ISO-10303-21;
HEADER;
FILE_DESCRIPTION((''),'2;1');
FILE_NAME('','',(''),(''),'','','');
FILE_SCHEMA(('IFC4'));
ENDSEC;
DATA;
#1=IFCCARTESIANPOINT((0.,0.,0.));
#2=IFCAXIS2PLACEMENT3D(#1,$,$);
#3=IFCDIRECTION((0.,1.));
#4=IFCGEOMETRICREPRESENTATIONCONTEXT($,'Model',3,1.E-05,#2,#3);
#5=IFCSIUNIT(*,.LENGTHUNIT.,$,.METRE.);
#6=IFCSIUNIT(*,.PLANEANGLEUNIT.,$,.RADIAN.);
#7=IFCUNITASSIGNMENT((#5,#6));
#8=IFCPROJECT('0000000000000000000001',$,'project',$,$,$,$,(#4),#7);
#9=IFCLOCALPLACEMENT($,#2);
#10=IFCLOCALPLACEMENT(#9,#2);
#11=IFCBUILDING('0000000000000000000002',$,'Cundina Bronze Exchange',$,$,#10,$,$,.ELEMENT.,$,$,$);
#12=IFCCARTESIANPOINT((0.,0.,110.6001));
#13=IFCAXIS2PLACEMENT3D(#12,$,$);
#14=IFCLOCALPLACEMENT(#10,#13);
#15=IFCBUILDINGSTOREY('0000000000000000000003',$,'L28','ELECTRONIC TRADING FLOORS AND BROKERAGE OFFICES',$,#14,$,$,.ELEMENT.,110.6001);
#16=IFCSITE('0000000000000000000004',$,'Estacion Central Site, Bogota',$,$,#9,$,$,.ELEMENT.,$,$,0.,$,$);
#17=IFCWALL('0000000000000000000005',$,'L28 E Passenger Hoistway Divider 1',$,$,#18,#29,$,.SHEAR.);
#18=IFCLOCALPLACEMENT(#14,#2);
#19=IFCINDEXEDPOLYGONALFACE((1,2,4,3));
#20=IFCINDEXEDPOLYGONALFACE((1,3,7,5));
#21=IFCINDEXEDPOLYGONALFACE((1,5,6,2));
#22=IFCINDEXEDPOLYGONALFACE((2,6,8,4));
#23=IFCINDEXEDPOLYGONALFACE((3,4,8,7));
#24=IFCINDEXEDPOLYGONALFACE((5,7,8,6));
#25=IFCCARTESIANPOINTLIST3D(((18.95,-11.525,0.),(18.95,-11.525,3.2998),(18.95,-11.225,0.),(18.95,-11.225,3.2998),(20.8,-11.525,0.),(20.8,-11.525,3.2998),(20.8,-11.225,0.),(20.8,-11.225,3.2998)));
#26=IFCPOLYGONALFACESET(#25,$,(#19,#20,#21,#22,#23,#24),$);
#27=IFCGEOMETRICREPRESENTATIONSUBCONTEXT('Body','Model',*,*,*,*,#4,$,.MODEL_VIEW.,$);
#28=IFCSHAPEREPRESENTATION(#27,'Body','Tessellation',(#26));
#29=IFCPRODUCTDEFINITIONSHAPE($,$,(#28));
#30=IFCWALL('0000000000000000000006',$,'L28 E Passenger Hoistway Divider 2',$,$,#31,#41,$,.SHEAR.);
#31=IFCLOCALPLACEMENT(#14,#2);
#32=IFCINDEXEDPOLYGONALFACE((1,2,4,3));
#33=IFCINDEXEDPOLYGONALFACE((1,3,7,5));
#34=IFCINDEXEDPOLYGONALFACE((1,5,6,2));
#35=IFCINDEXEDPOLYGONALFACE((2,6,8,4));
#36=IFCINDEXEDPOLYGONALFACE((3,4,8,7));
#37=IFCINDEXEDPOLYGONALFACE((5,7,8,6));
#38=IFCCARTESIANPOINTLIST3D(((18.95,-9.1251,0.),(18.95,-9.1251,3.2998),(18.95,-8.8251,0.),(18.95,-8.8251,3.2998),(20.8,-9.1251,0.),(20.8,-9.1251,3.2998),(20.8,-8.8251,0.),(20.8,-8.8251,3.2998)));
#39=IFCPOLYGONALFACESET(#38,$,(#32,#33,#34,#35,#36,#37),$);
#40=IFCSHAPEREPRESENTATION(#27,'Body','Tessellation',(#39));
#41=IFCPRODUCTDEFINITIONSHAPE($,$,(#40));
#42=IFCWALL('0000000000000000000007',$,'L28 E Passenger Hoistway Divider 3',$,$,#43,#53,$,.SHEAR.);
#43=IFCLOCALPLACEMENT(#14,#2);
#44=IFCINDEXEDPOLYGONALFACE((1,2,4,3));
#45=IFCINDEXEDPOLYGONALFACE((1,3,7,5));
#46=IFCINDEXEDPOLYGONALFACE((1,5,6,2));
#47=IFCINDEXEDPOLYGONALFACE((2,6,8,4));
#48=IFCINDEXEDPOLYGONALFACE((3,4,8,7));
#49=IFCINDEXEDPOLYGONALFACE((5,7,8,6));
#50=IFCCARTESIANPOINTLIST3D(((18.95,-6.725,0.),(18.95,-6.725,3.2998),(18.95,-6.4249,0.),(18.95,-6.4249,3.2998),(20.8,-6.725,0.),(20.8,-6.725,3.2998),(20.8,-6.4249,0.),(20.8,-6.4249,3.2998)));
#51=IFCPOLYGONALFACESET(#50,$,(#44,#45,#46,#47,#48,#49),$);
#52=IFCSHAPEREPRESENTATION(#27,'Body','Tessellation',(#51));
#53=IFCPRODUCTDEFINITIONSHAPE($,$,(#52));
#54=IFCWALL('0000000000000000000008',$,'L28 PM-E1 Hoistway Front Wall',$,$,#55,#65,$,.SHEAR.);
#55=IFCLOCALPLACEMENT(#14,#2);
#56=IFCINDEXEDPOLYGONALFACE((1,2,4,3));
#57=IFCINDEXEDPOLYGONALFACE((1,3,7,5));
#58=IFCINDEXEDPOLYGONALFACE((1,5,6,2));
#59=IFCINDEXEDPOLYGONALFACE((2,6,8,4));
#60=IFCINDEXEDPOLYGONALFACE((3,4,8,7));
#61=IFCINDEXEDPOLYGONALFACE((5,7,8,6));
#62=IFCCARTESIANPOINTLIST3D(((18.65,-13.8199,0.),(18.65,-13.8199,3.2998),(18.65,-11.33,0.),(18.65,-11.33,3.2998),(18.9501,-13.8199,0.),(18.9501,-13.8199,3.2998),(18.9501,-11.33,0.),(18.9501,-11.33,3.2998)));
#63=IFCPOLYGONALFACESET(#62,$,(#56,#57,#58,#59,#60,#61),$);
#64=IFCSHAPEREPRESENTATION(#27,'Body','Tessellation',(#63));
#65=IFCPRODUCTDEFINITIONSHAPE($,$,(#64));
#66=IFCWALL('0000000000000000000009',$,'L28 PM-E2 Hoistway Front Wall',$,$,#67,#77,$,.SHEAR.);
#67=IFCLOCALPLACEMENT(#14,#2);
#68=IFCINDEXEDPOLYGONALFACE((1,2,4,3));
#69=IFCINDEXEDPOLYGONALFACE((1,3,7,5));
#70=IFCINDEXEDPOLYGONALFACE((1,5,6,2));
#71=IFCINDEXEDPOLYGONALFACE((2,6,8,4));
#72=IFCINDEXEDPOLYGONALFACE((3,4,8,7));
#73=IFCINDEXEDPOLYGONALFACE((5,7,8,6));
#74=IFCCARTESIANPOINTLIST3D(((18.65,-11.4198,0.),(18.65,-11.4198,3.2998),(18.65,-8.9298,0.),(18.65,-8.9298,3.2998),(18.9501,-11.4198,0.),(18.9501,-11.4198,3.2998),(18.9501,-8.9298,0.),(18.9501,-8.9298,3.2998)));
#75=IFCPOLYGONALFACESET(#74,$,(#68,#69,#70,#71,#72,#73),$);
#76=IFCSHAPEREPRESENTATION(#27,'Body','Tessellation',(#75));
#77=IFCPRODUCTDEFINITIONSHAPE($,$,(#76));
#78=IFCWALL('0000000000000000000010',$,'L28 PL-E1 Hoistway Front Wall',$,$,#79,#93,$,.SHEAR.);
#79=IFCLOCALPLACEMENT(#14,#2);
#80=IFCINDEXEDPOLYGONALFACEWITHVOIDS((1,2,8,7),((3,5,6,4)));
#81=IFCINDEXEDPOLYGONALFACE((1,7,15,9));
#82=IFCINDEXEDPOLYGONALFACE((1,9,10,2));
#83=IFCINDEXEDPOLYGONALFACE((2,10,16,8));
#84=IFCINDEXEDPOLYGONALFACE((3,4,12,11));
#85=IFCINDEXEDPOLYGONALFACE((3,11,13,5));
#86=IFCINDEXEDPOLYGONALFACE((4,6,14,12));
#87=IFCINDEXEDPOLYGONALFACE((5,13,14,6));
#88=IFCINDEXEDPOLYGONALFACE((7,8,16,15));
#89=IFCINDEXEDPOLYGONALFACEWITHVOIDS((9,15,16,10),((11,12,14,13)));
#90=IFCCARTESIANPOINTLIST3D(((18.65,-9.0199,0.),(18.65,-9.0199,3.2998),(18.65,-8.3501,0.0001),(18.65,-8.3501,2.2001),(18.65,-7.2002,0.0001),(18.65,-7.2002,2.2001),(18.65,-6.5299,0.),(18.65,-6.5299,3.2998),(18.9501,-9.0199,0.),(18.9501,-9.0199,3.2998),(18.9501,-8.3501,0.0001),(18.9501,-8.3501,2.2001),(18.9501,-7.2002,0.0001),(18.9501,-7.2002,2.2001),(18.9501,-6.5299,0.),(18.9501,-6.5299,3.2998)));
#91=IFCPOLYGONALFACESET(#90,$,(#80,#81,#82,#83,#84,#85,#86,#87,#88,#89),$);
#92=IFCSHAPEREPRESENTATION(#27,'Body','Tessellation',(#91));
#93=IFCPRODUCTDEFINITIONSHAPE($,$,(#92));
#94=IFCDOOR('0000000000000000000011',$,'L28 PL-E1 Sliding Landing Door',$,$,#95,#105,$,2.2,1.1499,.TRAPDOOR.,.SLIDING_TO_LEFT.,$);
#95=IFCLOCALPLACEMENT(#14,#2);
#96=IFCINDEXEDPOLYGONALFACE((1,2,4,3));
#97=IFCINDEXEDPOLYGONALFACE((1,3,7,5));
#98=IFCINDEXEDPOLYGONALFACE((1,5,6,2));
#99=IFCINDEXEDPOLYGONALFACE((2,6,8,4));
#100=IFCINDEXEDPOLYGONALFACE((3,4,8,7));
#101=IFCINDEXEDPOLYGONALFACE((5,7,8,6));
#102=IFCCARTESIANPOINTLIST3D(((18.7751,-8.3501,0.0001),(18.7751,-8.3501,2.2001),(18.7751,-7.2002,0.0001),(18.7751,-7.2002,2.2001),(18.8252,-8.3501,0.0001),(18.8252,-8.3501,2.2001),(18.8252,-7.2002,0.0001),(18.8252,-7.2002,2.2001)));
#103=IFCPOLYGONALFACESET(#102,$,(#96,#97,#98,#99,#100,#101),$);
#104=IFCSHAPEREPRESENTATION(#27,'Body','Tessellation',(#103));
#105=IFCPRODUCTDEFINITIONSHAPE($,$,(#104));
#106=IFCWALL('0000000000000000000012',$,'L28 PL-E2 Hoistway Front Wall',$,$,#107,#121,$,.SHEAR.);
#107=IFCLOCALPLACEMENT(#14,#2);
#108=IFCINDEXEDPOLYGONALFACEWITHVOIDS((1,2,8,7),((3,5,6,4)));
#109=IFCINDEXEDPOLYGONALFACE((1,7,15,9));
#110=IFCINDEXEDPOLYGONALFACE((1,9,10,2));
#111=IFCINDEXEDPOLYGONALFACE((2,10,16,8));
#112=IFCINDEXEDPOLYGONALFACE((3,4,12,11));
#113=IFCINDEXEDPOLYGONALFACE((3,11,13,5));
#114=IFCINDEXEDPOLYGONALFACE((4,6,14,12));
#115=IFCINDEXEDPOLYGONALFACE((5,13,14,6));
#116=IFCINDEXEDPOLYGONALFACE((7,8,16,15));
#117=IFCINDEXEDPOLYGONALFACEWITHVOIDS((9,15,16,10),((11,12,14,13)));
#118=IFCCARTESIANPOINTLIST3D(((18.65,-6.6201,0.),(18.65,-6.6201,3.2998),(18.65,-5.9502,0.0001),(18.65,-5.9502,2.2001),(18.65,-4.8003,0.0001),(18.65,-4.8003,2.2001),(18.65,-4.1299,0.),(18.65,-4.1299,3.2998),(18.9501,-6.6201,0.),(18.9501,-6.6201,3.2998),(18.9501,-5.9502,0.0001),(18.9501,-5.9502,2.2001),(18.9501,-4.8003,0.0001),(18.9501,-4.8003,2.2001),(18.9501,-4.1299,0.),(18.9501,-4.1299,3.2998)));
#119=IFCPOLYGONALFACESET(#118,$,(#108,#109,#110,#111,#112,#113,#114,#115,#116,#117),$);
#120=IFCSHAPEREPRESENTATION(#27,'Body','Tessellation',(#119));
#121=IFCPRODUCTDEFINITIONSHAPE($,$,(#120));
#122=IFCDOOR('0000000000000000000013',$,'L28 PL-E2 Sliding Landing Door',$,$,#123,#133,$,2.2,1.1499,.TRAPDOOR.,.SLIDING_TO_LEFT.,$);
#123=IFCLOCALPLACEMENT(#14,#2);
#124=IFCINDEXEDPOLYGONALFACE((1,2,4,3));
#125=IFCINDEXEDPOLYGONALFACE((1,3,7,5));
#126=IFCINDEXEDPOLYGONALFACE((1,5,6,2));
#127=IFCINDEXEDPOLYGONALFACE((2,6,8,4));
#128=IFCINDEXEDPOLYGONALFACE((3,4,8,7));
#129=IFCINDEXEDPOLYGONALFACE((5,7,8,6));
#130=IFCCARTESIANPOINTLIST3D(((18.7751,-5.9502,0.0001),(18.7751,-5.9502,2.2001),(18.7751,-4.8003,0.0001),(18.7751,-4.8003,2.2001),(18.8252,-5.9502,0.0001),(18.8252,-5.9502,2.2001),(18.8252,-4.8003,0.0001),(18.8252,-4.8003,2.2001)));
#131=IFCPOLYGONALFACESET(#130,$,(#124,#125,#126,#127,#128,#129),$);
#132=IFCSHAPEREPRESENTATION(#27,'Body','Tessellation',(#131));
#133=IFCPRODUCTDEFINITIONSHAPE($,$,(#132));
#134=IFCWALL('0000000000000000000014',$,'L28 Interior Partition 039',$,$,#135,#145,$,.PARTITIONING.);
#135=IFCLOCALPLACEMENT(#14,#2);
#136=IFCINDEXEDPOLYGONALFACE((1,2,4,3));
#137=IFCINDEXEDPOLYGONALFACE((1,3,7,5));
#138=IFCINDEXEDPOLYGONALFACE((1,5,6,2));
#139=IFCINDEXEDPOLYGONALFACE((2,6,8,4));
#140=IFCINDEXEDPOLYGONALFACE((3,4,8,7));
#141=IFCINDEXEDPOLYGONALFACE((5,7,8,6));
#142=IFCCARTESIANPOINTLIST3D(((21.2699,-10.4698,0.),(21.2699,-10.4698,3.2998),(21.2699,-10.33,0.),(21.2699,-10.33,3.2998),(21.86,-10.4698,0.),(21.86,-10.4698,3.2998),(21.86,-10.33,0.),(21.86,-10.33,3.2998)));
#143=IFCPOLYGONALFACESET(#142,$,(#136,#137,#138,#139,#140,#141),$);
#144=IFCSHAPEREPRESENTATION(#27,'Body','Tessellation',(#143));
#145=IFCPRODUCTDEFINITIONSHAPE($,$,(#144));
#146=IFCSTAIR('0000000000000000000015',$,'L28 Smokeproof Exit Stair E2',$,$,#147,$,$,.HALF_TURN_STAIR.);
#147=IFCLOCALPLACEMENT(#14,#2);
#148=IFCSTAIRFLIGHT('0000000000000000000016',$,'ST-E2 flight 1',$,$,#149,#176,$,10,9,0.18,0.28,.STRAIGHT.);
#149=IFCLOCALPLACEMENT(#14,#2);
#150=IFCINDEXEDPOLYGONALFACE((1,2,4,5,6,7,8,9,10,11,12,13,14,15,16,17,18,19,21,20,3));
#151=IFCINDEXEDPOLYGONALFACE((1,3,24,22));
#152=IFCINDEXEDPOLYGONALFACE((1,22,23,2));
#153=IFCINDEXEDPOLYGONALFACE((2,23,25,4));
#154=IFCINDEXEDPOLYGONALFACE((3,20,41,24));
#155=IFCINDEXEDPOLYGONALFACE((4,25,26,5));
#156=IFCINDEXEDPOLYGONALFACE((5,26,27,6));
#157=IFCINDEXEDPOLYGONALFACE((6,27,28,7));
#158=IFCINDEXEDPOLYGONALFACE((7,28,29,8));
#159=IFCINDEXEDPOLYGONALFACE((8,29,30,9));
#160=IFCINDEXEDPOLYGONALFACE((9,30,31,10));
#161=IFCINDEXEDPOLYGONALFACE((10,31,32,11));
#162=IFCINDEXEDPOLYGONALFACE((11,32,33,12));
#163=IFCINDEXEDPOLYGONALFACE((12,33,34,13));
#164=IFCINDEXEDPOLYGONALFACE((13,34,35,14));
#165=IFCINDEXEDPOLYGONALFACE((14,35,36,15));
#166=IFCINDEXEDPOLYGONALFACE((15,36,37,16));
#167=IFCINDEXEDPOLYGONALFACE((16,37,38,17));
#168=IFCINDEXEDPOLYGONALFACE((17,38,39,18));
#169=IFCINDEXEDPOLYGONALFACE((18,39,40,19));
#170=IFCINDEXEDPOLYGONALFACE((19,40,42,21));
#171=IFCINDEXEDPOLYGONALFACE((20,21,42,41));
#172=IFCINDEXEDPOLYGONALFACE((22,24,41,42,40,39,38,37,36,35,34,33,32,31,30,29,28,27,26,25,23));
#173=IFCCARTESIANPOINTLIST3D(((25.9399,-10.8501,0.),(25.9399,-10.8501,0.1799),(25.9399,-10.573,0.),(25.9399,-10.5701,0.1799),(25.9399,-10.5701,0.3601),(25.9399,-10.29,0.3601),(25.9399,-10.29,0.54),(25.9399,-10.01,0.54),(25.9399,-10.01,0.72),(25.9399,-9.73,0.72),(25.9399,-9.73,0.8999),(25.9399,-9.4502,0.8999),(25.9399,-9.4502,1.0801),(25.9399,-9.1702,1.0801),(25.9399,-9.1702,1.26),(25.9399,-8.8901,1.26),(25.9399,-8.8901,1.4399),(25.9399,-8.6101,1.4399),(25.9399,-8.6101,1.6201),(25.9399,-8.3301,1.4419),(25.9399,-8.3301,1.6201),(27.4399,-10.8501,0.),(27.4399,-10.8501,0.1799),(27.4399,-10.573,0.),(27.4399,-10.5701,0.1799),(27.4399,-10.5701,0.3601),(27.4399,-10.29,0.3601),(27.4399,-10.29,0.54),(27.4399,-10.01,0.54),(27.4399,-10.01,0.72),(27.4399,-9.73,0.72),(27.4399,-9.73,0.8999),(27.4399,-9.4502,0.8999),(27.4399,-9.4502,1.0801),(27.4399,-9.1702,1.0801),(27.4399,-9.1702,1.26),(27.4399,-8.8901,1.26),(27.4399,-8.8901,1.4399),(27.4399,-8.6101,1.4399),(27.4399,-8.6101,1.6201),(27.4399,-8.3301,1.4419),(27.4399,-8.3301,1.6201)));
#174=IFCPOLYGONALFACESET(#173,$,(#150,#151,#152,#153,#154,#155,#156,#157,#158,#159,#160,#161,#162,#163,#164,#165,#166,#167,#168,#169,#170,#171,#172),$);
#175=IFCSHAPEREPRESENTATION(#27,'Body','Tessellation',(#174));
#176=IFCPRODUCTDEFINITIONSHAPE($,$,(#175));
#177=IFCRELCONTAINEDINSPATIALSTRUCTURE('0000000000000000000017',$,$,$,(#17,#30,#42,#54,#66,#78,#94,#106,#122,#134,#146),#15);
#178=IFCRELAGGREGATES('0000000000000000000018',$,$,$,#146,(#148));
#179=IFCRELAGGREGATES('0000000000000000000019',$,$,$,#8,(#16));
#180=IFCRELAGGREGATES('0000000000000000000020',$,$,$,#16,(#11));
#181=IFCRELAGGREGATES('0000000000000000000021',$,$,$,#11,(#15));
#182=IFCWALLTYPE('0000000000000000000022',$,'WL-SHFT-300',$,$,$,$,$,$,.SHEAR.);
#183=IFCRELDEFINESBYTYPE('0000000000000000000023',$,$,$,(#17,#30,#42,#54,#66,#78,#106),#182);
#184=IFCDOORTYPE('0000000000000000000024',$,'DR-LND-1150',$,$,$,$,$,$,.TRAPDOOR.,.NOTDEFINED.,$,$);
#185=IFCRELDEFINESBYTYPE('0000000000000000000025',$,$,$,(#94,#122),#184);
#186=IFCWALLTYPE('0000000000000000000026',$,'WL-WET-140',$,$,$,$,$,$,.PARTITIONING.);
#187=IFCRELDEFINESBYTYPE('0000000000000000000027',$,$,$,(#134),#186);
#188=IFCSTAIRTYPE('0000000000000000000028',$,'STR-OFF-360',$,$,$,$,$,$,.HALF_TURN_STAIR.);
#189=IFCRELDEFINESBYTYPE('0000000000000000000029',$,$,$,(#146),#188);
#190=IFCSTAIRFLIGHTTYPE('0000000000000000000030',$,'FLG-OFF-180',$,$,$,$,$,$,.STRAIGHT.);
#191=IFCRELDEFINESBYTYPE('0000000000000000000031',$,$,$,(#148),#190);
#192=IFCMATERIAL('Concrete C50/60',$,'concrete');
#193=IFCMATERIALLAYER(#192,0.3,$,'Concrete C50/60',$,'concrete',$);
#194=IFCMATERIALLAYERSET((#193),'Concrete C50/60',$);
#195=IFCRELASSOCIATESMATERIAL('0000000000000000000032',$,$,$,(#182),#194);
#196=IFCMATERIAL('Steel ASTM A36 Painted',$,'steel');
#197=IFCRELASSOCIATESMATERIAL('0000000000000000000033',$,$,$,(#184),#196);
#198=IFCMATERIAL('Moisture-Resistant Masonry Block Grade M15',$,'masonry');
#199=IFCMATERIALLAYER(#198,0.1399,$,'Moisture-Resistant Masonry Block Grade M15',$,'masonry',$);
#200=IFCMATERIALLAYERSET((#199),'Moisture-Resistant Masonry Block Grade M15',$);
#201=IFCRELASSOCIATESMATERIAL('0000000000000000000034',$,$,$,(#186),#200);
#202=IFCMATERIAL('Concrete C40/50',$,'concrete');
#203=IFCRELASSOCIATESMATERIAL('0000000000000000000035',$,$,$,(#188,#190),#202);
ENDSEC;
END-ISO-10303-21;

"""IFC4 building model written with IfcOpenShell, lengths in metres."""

from ifc_helpers import new_model, si_unit, direction, frame, frame_2d, origin, place, context, subcontext, project, spatial, polyline, rectangle, outline, extrude, material, layer, layer_set, type_object, element, fill, aggregate, save


model = new_model("IFC4")

# Units and contexts
model_context = context("Model", 3, precision=1e-05, world=origin(), true_north=direction((0.0, 1.0)))
body_context = subcontext(model_context, "Body", "Model", "MODEL_VIEW")
ifc_project = project(units=[si_unit("LENGTHUNIT", "METRE"), si_unit("PLANEANGLEUNIT", "RADIAN")], contexts=[model_context])

# Site, building, storey
site_placement = place(None, origin())
site = spatial("IfcSite", under=ifc_project, at=site_placement, Name="Estacion Central Site, Bogota", CompositionType="ELEMENT", RefElevation=0.0)
building_placement = place(site_placement, origin())
building = spatial("IfcBuilding", under=site, at=building_placement, Name="Cundina Bronze Exchange", CompositionType="ELEMENT")
storey_placement = place(building_placement, frame((0.0, 0.0, 110.6001)))
storey = spatial("IfcBuildingStorey", under=building, at=storey_placement, Name="L28", Description="ELECTRONIC TRADING FLOORS AND BROKERAGE OFFICES", CompositionType="ELEMENT", Elevation=110.6001)

# Shared definitions
ifc_material_1 = material(Name="Concrete C50/60", Category="concrete")
ifc_layer_1 = layer(ifc_material_1, 0.3, Name="Concrete C50/60", Category="concrete")
ifc_layer_set_1 = layer_set([ifc_layer_1], Name="Concrete C50/60")
wall_type_1 = type_object("IfcWallType", Name="WL-SHFT-300", PredefinedType="SHEAR", material=ifc_layer_set_1)

# Shared definitions
ifc_material_2 = material(Name="Steel ASTM A36 Painted", Category="steel")
door_type_1 = type_object("IfcDoorType", Name="DR-LND-1150", OperationType="NOTDEFINED", PredefinedType="TRAPDOOR", material=ifc_material_2)

# Walls
for number, where, z_axis, x_axis, name in (
    (1, (18.95, -11.375, 0.0), (0.0, 0.0, 1.0), (1.0, 0.0, 0.0), "L28 E Passenger Hoistway Divider 1"),
    (2, (18.95, -8.9751, 0.0), (0.0, 0.0, 1.0), (1.0, 0.0, 0.0), "L28 E Passenger Hoistway Divider 2"),
    (3, (18.95, -6.575, 0.0), (0.0, 0.0, 1.0), (1.0, 0.0, 0.0), "L28 E Passenger Hoistway Divider 3"),
):
    element("IfcWall", number, at=place(storey_placement, frame(where, z_axis=z_axis, x_axis=x_axis)), inside=storey, type_object=wall_type_1, Name=name, PredefinedType="SHEAR", context=body_context, shape_type="SweptSolid", body=[
        extrude(rectangle(XDim=1.8501, YDim=0.3, at=frame_2d((0.925, 0.0))), origin(), (0.0, 0.0, 1.0), 3.2998),
    ])
for number, where, z_axis, x_axis, name in (
    (4, (18.8, -13.8201, 0.0), (0.0, 0.0, 1.0), (0.0, 1.0, 0.0), "L28 PM-E1 Hoistway Front Wall"),
    (5, (18.8, -11.4199, 0.0), (0.0, 0.0, 1.0), (0.0, 1.0, 0.0), "L28 PM-E2 Hoistway Front Wall"),
):
    element("IfcWall", number, at=place(storey_placement, frame(where, z_axis=z_axis, x_axis=x_axis)), inside=storey, type_object=wall_type_1, Name=name, PredefinedType="SHEAR", context=body_context, shape_type="SweptSolid", body=[
        extrude(rectangle(XDim=2.49, YDim=0.3, at=frame_2d((1.2451, 0.0))), origin(), (0.0, 0.0, 1.0), 3.2998),
    ])

# Walls, openings, doors
wall_1_placement = place(storey_placement, frame((18.8, -9.02, 0.0), z_axis=(0.0, 0.0, 1.0), x_axis=(0.0, 1.0, 0.0)))
wall_1 = element("IfcWall", 6, at=wall_1_placement, inside=storey, type_object=wall_type_1, Name="L28 PL-E1 Hoistway Front Wall", PredefinedType="SHEAR", context=body_context, shape_type="SweptSolid", body=[
    extrude(rectangle(XDim=2.49, YDim=0.3, at=frame_2d((1.2451, 0.0))), origin(), (0.0, 0.0, 1.0), 3.2998),
])
opening_1_placement = place(wall_1_placement, frame((0.6699, 0.0, 0.0)))
opening_1 = element("IfcOpeningElement", 7, at=opening_1_placement, cuts=wall_1, PredefinedType="OPENING", context=body_context, shape_type="SweptSolid", body=[
    extrude(rectangle(XDim=1.1499, YDim=2.2, at=frame_2d((0.575, 1.1001))), frame((0.0, 0.1599, 0.0), z_axis=(0.0, -1.0, 0.0), x_axis=(1.0, 0.0, 0.0)), (0.0, 0.0, 1.0), 0.3201),
])
door_1_placement = place(opening_1_placement, origin())
door_1 = element("IfcDoor", 8, at=door_1_placement, inside=storey, type_object=door_type_1, Name="L28 PL-E1 Sliding Landing Door", OperationType="SLIDING_TO_LEFT", OverallHeight=2.2, OverallWidth=1.1499, PredefinedType="TRAPDOOR", context=body_context, shape_type="SweptSolid", body=[
    extrude(rectangle(XDim=1.1499, YDim=2.2, at=frame_2d((0.575, 1.1001))), frame((0.0, 0.0249, 0.0), z_axis=(0.0, -1.0, 0.0), x_axis=(1.0, 0.0, 0.0)), (0.0, 0.0, 1.0), 0.05),
])
fill(opening_1, door_1)
wall_2_placement = place(storey_placement, frame((18.8, -6.6201, 0.0), z_axis=(0.0, 0.0, 1.0), x_axis=(0.0, 1.0, 0.0)))
wall_2 = element("IfcWall", 9, at=wall_2_placement, inside=storey, type_object=wall_type_1, Name="L28 PL-E2 Hoistway Front Wall", PredefinedType="SHEAR", context=body_context, shape_type="SweptSolid", body=[
    extrude(rectangle(XDim=2.4902, YDim=0.3, at=frame_2d((1.2451, 0.0))), origin(), (0.0, 0.0, 1.0), 3.2998),
])
opening_2_placement = place(wall_2_placement, frame((0.6699, 0.0, 0.0)))
opening_2 = element("IfcOpeningElement", 10, at=opening_2_placement, cuts=wall_2, PredefinedType="OPENING", context=body_context, shape_type="SweptSolid", body=[
    extrude(rectangle(XDim=1.1499, YDim=2.2, at=frame_2d((0.575, 1.1001))), frame((0.0, 0.1599, 0.0), z_axis=(0.0, -1.0, 0.0), x_axis=(1.0, 0.0, 0.0)), (0.0, 0.0, 1.0), 0.3201),
])
door_2_placement = place(opening_2_placement, origin())
door_2 = element("IfcDoor", 11, at=door_2_placement, inside=storey, type_object=door_type_1, Name="L28 PL-E2 Sliding Landing Door", OperationType="SLIDING_TO_LEFT", OverallHeight=2.2, OverallWidth=1.1499, PredefinedType="TRAPDOOR", context=body_context, shape_type="SweptSolid", body=[
    extrude(rectangle(XDim=1.1499, YDim=2.2, at=frame_2d((0.575, 1.1001))), frame((0.0, 0.0249, 0.0), z_axis=(0.0, -1.0, 0.0), x_axis=(1.0, 0.0, 0.0)), (0.0, 0.0, 1.0), 0.05),
])
fill(opening_2, door_2)

# Wall
ifc_material_3 = material(Name="Moisture-Resistant Masonry Block Grade M15", Category="masonry")
ifc_layer_2 = layer(ifc_material_3, 0.1399, Name="Moisture-Resistant Masonry Block Grade M15", Category="masonry")
ifc_layer_set_2 = layer_set([ifc_layer_2], Name="Moisture-Resistant Masonry Block Grade M15")
wall_type_2 = type_object("IfcWallType", Name="WL-WET-140", PredefinedType="PARTITIONING", material=ifc_layer_set_2)
wall_3_placement = place(storey_placement, frame((21.27, -10.3999, 0.0), z_axis=(0.0, 0.0, 1.0), x_axis=(1.0, 0.0, 0.0)))
element("IfcWall", 12, at=wall_3_placement, inside=storey, type_object=wall_type_2, Name="L28 Interior Partition 039", PredefinedType="PARTITIONING", context=body_context, shape_type="SweptSolid", body=[
    extrude(rectangle(XDim=0.5901, YDim=0.1399, at=frame_2d((0.2949, 0.0))), origin(), (0.0, 0.0, 1.0), 3.2998),
])

# Stair, stair flight
ifc_material_4 = material(Name="Concrete C40/50", Category="concrete")
stair_type = type_object("IfcStairType", Name="STR-OFF-360", PredefinedType="HALF_TURN_STAIR", material=ifc_material_4)
stair_placement = place(storey_placement, origin())
stair = element("IfcStair", 13, at=stair_placement, inside=storey, type_object=stair_type, Name="L28 Smokeproof Exit Stair E2", PredefinedType="HALF_TURN_STAIR")
stair_flight_type = type_object("IfcStairFlightType", Name="FLG-OFF-180", PredefinedType="STRAIGHT", material=ifc_material_4)
stair_flight_1_placement = place(storey_placement, frame((26.6899, -10.8501, 0.0), z_axis=(0.0, 0.0, 1.0), x_axis=(0.0, 1.0, 0.0)))
stair_flight_1 = element("IfcStairFlight", 14, at=stair_flight_1_placement, type_object=stair_flight_type, Name="ST-E2 flight 1", NumberOfRisers=10, NumberOfTreads=9, PredefinedType="STRAIGHT", RiserHeight=0.18, TreadLength=0.28, context=body_context, shape_type="SweptSolid", body=[
    extrude(outline(polyline([(0.0, 0.0), (0.0, 0.1799), (0.28, 0.1799), (0.28, 0.3601), (0.5601, 0.3601), (0.5601, 0.54), (0.8401, 0.54), (0.8401, 0.72), (1.1201, 0.72), (1.1201, 0.8999), (1.3999, 0.8999), (1.3999, 1.0801), (1.6799, 1.0801), (1.6799, 1.26), (1.96, 1.26), (1.96, 1.4399), (2.24, 1.4399), (2.24, 1.6201), (2.52, 1.6201), (2.52, 1.8), (2.52, 1.4419), (0.2771, 0.0), (0.0, 0.0)])), frame((0.0, 0.75, 0.0), z_axis=(0.0, -1.0, 0.0), x_axis=(1.0, 0.0, 0.0)), (0.0, 0.0, 1.0), 1.5),
])
aggregate(stair, [stair_flight_1])

save(model, "model.ifc")
